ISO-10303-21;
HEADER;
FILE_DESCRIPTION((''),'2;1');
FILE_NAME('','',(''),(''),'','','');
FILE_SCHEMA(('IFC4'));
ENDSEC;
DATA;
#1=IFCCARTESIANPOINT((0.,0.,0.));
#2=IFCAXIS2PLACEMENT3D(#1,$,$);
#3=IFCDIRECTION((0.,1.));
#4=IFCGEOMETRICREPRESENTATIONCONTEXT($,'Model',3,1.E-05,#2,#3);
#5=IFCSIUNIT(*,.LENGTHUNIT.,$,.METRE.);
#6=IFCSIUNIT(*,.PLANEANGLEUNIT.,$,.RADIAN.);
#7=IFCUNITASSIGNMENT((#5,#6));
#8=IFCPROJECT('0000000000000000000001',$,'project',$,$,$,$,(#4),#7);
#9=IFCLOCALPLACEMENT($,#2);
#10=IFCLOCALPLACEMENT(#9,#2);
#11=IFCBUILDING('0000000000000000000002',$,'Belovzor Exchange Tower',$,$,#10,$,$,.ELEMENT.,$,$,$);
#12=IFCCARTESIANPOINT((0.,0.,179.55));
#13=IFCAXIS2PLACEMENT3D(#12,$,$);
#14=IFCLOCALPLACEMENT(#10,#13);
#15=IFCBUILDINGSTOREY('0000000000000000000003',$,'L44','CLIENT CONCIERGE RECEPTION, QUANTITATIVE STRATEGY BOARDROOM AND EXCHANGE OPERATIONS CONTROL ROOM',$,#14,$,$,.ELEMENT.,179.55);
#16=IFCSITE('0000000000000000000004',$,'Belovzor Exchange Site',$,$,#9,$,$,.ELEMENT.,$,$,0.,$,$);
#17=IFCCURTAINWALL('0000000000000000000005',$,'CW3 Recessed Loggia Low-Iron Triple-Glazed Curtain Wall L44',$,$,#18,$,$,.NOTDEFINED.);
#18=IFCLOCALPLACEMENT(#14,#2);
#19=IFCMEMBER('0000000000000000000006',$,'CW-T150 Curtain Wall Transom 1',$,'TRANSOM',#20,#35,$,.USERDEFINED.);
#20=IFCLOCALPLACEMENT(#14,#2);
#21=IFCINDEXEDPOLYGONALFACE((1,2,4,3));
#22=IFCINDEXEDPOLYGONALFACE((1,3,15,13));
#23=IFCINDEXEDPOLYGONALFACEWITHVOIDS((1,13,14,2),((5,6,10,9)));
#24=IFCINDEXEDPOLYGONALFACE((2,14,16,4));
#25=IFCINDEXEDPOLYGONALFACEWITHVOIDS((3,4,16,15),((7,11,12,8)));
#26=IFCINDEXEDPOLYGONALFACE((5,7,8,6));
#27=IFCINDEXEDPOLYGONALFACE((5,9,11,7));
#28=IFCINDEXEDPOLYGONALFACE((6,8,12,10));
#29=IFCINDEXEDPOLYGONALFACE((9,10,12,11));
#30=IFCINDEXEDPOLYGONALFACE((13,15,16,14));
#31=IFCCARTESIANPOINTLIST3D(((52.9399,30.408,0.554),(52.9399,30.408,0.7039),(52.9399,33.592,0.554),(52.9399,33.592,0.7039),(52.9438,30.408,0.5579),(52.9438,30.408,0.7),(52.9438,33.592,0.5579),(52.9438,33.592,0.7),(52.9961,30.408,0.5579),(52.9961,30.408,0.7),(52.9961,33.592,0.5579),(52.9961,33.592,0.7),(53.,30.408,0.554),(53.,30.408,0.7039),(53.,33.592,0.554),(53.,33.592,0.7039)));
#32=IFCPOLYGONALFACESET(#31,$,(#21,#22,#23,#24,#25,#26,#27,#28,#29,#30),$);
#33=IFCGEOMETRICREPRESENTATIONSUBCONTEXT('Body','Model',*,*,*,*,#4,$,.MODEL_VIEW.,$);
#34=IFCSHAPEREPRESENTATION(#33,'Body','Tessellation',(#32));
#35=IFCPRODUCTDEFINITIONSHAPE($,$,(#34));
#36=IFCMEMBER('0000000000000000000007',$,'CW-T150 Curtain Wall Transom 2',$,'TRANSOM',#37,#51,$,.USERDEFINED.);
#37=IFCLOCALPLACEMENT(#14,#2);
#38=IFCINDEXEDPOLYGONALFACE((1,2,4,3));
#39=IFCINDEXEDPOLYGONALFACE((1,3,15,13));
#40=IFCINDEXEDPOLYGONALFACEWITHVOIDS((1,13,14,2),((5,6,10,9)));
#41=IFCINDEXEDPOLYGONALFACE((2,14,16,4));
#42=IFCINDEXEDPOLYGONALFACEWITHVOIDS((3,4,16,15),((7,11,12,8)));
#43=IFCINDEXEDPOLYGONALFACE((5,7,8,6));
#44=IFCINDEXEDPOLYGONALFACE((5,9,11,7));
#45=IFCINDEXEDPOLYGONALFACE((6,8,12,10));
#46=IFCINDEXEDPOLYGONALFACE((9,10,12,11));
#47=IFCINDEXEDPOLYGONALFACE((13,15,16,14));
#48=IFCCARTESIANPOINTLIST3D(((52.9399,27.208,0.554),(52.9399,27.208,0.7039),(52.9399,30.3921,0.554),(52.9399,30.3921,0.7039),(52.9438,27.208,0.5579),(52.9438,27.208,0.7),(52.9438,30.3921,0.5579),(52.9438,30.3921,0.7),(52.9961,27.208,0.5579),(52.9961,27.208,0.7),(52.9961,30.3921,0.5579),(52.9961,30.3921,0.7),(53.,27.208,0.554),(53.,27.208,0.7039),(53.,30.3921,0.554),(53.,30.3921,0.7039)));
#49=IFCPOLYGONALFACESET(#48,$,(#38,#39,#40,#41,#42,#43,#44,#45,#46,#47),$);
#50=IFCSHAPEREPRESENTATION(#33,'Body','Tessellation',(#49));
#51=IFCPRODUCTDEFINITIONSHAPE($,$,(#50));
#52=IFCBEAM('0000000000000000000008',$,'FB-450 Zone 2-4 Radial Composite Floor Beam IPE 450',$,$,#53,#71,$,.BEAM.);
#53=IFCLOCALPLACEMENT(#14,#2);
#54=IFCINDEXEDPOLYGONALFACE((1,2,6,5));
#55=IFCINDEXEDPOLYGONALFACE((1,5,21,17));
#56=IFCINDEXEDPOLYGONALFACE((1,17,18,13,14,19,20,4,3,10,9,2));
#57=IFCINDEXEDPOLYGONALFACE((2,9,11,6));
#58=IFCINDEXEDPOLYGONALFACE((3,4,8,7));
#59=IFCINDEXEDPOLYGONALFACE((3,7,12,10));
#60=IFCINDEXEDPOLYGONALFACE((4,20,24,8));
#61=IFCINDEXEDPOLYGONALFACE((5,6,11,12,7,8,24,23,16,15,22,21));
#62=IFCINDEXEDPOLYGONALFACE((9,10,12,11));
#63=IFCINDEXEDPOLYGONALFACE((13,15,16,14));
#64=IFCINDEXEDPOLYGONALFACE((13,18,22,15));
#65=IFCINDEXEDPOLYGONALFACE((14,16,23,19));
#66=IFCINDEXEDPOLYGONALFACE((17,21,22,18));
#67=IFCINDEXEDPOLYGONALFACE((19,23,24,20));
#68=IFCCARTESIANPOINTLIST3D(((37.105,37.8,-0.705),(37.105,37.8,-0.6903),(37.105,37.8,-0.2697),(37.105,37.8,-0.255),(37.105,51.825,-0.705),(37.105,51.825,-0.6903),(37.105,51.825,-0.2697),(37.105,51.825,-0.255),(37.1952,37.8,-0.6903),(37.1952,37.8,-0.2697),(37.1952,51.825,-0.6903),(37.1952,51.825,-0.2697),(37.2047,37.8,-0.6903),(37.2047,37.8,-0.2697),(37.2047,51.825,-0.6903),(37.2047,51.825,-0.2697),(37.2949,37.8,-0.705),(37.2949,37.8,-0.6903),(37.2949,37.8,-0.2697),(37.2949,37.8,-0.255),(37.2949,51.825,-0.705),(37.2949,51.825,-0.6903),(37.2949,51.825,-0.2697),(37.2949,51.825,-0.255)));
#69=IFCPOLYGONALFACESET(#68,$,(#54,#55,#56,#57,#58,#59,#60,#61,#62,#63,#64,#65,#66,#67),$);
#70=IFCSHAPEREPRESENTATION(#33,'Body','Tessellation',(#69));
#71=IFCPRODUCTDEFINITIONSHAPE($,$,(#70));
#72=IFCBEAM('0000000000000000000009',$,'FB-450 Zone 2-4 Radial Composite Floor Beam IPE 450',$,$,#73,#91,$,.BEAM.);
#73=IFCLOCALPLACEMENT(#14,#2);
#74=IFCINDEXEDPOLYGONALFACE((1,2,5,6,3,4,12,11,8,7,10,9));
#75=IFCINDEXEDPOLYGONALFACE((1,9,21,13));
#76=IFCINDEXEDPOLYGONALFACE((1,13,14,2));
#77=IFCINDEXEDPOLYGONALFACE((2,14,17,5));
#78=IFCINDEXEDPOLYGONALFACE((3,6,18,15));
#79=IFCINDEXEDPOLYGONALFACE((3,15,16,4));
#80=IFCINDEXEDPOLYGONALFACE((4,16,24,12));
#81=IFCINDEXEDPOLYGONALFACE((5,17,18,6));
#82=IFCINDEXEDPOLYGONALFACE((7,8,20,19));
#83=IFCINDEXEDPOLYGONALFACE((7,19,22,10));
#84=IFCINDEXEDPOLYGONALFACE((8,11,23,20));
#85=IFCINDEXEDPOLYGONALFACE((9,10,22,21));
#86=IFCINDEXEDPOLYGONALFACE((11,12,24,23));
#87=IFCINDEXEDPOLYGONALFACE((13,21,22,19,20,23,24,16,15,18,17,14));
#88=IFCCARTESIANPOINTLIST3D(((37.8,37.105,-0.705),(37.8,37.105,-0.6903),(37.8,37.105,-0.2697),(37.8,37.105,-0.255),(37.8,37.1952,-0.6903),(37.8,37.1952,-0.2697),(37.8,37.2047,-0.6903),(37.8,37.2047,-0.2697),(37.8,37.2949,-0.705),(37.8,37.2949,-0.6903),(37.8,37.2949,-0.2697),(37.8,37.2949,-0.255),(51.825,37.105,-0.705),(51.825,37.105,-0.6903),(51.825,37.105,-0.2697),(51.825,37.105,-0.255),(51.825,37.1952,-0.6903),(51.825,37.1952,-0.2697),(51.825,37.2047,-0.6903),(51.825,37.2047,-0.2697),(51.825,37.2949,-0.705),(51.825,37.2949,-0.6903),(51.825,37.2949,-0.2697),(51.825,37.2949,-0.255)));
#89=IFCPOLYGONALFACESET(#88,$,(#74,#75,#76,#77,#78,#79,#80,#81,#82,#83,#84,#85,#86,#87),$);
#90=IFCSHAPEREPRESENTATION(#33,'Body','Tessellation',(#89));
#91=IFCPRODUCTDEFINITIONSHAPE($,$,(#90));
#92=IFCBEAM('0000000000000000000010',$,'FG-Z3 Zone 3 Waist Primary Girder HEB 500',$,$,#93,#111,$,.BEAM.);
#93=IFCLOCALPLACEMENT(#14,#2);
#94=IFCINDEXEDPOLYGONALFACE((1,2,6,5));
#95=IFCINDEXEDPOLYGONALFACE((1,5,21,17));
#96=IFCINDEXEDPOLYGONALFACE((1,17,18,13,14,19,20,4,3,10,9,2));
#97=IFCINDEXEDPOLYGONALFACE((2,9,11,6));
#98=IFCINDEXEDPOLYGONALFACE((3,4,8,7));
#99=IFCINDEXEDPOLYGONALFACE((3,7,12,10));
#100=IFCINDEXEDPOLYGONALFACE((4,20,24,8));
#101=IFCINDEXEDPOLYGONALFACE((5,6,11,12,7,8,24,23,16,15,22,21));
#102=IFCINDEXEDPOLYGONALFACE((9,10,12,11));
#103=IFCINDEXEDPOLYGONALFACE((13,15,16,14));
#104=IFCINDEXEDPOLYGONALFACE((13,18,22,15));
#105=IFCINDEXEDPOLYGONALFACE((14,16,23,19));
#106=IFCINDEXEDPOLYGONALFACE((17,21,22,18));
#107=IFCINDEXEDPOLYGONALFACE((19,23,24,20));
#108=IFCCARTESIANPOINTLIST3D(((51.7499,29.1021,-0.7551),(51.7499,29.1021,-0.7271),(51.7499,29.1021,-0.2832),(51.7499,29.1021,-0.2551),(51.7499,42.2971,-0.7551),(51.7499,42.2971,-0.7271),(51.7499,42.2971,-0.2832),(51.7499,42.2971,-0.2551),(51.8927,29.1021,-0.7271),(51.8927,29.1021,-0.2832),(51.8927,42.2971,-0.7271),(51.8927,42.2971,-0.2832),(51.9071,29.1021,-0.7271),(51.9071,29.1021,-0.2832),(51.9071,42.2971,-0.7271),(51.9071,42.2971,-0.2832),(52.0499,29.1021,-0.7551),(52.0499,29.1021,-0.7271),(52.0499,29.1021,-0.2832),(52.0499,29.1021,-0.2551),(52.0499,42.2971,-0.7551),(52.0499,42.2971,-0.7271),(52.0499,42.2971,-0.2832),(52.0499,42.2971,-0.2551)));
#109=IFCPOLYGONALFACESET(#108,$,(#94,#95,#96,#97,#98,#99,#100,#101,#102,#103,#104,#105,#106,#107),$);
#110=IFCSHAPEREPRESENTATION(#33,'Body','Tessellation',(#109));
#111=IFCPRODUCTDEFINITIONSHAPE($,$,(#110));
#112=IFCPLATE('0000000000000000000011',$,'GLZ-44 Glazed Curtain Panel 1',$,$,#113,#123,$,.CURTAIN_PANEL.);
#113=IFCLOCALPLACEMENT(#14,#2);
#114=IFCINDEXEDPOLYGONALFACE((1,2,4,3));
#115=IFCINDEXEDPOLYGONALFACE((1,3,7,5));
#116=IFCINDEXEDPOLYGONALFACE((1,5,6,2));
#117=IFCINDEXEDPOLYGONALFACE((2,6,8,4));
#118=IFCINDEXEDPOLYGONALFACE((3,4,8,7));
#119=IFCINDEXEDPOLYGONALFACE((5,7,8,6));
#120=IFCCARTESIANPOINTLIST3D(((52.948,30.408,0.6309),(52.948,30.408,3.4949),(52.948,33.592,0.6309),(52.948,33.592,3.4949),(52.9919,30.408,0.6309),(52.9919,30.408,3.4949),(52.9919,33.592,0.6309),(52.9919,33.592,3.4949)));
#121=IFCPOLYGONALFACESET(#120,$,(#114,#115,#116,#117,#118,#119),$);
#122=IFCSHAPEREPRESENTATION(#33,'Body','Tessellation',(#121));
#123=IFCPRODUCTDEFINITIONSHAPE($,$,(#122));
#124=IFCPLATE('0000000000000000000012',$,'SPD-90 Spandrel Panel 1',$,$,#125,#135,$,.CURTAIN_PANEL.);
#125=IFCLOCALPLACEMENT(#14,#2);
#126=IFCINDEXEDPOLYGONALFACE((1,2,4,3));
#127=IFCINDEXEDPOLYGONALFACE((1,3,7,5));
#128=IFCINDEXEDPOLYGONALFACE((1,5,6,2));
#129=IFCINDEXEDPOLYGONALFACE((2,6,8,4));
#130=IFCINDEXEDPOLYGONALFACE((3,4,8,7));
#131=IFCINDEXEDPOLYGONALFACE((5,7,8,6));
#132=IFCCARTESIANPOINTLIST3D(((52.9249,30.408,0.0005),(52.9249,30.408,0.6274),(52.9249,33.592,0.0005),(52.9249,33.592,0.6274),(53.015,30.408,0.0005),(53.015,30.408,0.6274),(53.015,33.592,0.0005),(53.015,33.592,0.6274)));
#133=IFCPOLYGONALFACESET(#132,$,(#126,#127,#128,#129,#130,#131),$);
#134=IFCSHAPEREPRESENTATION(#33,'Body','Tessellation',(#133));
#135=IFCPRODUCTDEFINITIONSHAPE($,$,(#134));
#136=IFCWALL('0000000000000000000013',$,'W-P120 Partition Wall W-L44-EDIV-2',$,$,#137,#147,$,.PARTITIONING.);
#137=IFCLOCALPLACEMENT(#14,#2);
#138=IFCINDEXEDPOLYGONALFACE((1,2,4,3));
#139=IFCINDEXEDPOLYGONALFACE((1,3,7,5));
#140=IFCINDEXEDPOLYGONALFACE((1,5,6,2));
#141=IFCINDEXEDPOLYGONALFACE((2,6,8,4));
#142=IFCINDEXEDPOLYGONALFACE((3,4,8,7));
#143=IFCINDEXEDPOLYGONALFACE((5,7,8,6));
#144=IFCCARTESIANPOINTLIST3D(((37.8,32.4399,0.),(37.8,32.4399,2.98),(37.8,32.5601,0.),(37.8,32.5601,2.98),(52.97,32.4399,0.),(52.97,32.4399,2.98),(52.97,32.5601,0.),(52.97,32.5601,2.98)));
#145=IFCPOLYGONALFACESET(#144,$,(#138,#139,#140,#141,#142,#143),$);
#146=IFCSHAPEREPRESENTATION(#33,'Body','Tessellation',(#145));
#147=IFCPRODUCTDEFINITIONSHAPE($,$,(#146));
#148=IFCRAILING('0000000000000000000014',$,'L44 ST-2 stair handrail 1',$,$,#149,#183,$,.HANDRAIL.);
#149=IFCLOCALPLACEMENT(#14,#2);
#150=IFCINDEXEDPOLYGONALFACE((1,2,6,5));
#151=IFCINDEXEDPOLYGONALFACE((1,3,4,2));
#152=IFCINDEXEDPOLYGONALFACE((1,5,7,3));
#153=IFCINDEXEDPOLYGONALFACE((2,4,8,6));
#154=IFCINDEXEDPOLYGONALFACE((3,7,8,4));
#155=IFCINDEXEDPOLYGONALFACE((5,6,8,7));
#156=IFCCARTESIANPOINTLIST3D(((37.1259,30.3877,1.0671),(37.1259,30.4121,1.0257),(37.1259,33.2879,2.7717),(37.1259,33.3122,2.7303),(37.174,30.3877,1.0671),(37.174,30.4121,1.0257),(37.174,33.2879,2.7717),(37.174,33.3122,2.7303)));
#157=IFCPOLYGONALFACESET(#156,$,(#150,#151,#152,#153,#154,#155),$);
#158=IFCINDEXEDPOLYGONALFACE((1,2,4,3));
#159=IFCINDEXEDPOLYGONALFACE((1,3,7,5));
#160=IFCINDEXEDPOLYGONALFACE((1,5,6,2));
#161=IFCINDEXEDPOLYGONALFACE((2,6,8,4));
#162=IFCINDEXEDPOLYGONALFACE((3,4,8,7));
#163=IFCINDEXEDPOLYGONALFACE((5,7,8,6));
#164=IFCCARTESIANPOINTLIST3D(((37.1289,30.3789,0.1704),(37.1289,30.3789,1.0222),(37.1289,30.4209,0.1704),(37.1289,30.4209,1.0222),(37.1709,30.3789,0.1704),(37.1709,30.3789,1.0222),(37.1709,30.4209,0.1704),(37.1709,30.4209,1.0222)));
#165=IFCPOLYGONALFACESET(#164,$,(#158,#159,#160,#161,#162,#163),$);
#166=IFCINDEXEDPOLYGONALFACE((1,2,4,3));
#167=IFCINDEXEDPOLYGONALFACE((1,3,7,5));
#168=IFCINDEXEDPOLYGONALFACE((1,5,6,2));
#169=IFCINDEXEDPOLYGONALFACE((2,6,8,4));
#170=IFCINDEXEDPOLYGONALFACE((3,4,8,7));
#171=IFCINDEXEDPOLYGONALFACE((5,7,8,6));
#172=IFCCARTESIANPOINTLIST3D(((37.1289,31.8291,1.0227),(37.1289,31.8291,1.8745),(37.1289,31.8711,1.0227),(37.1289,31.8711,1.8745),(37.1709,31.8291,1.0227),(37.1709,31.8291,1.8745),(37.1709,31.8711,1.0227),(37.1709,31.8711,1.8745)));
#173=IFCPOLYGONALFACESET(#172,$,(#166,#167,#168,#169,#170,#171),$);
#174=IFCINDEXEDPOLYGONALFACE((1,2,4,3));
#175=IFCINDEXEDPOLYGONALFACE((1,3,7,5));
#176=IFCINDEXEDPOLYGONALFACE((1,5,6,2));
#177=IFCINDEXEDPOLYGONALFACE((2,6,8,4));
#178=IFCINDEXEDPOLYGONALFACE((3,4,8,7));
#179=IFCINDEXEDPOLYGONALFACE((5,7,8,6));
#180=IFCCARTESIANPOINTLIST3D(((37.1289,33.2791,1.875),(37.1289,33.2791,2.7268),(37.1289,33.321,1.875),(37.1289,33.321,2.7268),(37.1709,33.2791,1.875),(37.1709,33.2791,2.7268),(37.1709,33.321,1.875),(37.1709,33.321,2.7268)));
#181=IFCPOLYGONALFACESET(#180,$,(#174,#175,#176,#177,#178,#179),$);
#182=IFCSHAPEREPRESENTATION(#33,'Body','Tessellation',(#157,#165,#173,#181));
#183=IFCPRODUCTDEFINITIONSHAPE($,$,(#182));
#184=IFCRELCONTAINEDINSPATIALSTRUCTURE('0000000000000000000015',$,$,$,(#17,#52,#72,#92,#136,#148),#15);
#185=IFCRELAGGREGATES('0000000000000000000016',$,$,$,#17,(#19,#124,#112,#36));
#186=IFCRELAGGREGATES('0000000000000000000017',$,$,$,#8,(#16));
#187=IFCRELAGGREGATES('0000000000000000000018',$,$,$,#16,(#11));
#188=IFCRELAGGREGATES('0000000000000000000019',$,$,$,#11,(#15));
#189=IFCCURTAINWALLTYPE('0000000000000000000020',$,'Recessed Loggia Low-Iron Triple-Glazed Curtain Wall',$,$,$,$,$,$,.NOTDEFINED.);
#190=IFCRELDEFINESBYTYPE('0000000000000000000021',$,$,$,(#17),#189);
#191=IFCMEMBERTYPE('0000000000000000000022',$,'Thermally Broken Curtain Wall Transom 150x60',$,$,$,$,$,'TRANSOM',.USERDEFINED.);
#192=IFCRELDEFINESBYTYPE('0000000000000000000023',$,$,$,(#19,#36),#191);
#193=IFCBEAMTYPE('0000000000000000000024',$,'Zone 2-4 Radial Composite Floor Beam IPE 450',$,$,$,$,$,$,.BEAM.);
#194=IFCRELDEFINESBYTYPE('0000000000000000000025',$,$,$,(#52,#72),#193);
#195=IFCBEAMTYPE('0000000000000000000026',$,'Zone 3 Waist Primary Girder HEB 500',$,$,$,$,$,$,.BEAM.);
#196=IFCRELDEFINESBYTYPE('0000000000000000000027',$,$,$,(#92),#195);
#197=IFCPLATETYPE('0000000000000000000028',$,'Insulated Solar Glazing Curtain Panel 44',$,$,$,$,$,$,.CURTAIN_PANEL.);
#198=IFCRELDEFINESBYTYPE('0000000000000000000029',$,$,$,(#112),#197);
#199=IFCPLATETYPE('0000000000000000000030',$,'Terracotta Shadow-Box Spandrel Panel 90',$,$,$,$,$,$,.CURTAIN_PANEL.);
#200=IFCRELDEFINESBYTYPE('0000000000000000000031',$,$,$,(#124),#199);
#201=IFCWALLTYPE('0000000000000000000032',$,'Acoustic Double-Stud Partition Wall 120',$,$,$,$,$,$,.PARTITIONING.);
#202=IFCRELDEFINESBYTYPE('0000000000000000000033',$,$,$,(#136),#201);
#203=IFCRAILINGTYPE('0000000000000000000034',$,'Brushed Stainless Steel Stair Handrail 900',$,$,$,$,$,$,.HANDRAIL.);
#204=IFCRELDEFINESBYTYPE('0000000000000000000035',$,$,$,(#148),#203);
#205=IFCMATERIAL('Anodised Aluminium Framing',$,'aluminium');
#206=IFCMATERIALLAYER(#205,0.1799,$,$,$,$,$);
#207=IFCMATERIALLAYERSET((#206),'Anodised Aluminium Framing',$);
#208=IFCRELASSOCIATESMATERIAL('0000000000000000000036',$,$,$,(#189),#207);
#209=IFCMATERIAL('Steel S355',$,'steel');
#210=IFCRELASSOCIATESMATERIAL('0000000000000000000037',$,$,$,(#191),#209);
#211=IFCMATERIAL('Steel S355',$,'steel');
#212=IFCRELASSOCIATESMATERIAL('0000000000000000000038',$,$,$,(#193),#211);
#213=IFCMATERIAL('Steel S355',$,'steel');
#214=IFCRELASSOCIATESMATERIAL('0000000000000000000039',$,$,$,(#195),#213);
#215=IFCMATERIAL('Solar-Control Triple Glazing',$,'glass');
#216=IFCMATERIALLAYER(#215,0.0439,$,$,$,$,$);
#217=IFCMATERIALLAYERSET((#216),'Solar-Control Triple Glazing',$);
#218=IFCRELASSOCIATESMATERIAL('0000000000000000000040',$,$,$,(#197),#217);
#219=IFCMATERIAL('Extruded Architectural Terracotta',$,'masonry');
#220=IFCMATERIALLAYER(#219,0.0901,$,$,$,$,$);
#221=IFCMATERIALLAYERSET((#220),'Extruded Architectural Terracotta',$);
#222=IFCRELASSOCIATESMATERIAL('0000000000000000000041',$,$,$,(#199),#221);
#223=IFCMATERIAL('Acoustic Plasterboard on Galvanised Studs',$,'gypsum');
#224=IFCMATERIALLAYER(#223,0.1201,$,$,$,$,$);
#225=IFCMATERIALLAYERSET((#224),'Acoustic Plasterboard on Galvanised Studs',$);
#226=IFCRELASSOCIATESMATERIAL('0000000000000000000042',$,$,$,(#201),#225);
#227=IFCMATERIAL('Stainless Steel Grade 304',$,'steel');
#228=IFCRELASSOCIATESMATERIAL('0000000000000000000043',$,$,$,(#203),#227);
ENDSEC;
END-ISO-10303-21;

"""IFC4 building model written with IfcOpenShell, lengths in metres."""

from ifc_helpers import new_model, si_unit, direction, frame, frame_2d, origin, origin_2d, place, context, subcontext, project, spatial, rectangle, hollow_rectangle, i_section, extrude, material, layer, layer_set, material_profile, profile_set, type_object, element, aggregate, save


model = new_model("IFC4")

# Units and contexts
model_context = context("Model", 3, precision=1e-05, world=origin(), true_north=direction((0.0, 1.0)))
body_context = subcontext(model_context, "Body", "Model", "MODEL_VIEW")
ifc_project = project(units=[si_unit("LENGTHUNIT", "METRE"), si_unit("PLANEANGLEUNIT", "RADIAN")], contexts=[model_context])

# Site, building, storey
site_placement = place(None, origin())
site = spatial("IfcSite", under=ifc_project, at=site_placement, Name="Belovzor Exchange Site", CompositionType="ELEMENT", RefElevation=0.0)
building_placement = place(site_placement, origin())
building = spatial("IfcBuilding", under=site, at=building_placement, Name="Belovzor Exchange Tower", CompositionType="ELEMENT")
storey_placement = place(building_placement, frame((0.0, 0.0, 179.55)))
storey = spatial("IfcBuildingStorey", under=building, at=storey_placement, Name="L44", Description="CLIENT CONCIERGE RECEPTION, QUANTITATIVE STRATEGY BOARDROOM AND EXCHANGE OPERATIONS CONTROL ROOM", CompositionType="ELEMENT", Elevation=179.55)

# Curtain wall, members
ifc_material_1 = material(Name="Anodised Aluminium Framing", Category="aluminium")
ifc_layer_1 = layer(ifc_material_1, 0.1799)
ifc_layer_set_1 = layer_set([ifc_layer_1], Name="Anodised Aluminium Framing")
curtain_wall_type = type_object("IfcCurtainWallType", Name="Recessed Loggia Low-Iron Triple-Glazed Curtain Wall", PredefinedType="NOTDEFINED", material=ifc_layer_set_1)
curtain_wall_placement = place(storey_placement, origin())
curtain_wall = element("IfcCurtainWall", 1, at=curtain_wall_placement, inside=storey, type_object=curtain_wall_type, Name="CW3 Recessed Loggia Low-Iron Triple-Glazed Curtain Wall L44", PredefinedType="NOTDEFINED")
ifc_material_2 = material(Name="Steel S355", Category="steel")
ifc_material_profile_1 = material_profile(ifc_material_2, hollow_rectangle(XDim=0.0601, YDim=0.1499, WallThickness=0.0039, at=origin_2d()))
ifc_profile_set_1 = profile_set([ifc_material_profile_1], Name="Steel S355")
member_type_1 = type_object("IfcMemberType", Name="Thermally Broken Curtain Wall Transom 150x60", ElementType="TRANSOM", PredefinedType="USERDEFINED", material=ifc_profile_set_1)
member_1_placement = place(storey_placement, frame((52.97, 33.592, 0.6289), z_axis=(0.0, -1.0, 0.0), x_axis=(1.0, 0.0, 0.0)))
member_1 = element("IfcMember", 2, at=member_1_placement, type_object=member_type_1, Name="CW-T150 Curtain Wall Transom 1", ObjectType="TRANSOM", PredefinedType="USERDEFINED", context=body_context, shape_type="SweptSolid", body=[
    extrude(hollow_rectangle(XDim=0.0601, YDim=0.1499, WallThickness=0.0039, at=origin_2d()), origin(), (0.0, 0.0, 1.0), 3.1841),
])
member_2_placement = place(storey_placement, frame((52.97, 30.3921, 0.6289), z_axis=(0.0, -1.0, 0.0), x_axis=(1.0, 0.0, 0.0)))
member_2 = element("IfcMember", 3, at=member_2_placement, type_object=member_type_1, Name="CW-T150 Curtain Wall Transom 2", ObjectType="TRANSOM", PredefinedType="USERDEFINED", context=body_context, shape_type="SweptSolid", body=[
    extrude(hollow_rectangle(XDim=0.0601, YDim=0.1499, WallThickness=0.0039, at=origin_2d()), origin(), (0.0, 0.0, 1.0), 3.1841),
])

# Beams
ifc_material_3 = material(Name="Steel S355", Category="steel")
ifc_material_profile_2 = material_profile(ifc_material_3, i_section(OverallWidth=0.1899, OverallDepth=0.45, WebThickness=0.0095, FlangeThickness=0.0146, at=origin_2d()))
ifc_profile_set_2 = profile_set([ifc_material_profile_2], Name="Steel S355")
beam_type_1 = type_object("IfcBeamType", Name="Zone 2-4 Radial Composite Floor Beam IPE 450", PredefinedType="BEAM", material=ifc_profile_set_2)
for number, where, z_axis, x_axis, name in (
    (4, (37.2, 37.8, -0.48), (0.0, 1.0, 0.0), (-1.0, 0.0, 0.0), "FB-450 Zone 2-4 Radial Composite Floor Beam IPE 450"),
    (5, (37.8, 37.2, -0.48), (1.0, 0.0, 0.0), (0.0, 1.0, 0.0), "FB-450 Zone 2-4 Radial Composite Floor Beam IPE 450"),
):
    element("IfcBeam", number, at=place(storey_placement, frame(where, z_axis=z_axis, x_axis=x_axis)), inside=storey, type_object=beam_type_1, Name=name, PredefinedType="BEAM", context=body_context, shape_type="SweptSolid", body=[
        extrude(i_section(OverallWidth=0.1899, OverallDepth=0.45, WebThickness=0.0095, FlangeThickness=0.0146, at=origin_2d()), origin(), (0.0, 0.0, 1.0), 14.0249),
    ])
ifc_material_4 = material(Name="Steel S355", Category="steel")
ifc_material_profile_3 = material_profile(ifc_material_4, i_section(OverallWidth=0.3, OverallDepth=0.5, WebThickness=0.0144, FlangeThickness=0.0281, at=origin_2d()))
ifc_profile_set_3 = profile_set([ifc_material_profile_3], Name="Steel S355")
beam_type_2 = type_object("IfcBeamType", Name="Zone 3 Waist Primary Girder HEB 500", PredefinedType="BEAM", material=ifc_profile_set_3)
beam_1_placement = place(storey_placement, frame((51.8999, 29.1021, -0.5051), z_axis=(0.0, 1.0, 0.0), x_axis=(-1.0, 0.0, 0.0)))
element("IfcBeam", 6, at=beam_1_placement, inside=storey, type_object=beam_type_2, Name="FG-Z3 Zone 3 Waist Primary Girder HEB 500", PredefinedType="BEAM", context=body_context, shape_type="SweptSolid", body=[
    extrude(i_section(OverallWidth=0.3, OverallDepth=0.5, WebThickness=0.0144, FlangeThickness=0.0281, at=origin_2d()), origin(), (0.0, 0.0, 1.0), 13.1951),
])

# Plates
ifc_material_5 = material(Name="Solar-Control Triple Glazing", Category="glass")
ifc_layer_2 = layer(ifc_material_5, 0.0439)
ifc_layer_set_2 = layer_set([ifc_layer_2], Name="Solar-Control Triple Glazing")
plate_type_1 = type_object("IfcPlateType", Name="Insulated Solar Glazing Curtain Panel 44", PredefinedType="CURTAIN_PANEL", material=ifc_layer_set_2)
plate_1_placement = place(storey_placement, frame((52.97, 32.0, 0.6309), z_axis=(0.0, 0.0, 1.0), x_axis=(0.0, -1.0, 0.0)))
plate_1 = element("IfcPlate", 7, at=plate_1_placement, type_object=plate_type_1, Name="GLZ-44 Glazed Curtain Panel 1", PredefinedType="CURTAIN_PANEL", context=body_context, shape_type="SweptSolid", body=[
    extrude(rectangle(XDim=3.1841, YDim=0.0439, at=origin_2d()), origin(), (0.0, 0.0, 1.0), 2.864),
])
ifc_material_6 = material(Name="Extruded Architectural Terracotta", Category="masonry")
ifc_layer_3 = layer(ifc_material_6, 0.0901)
ifc_layer_set_3 = layer_set([ifc_layer_3], Name="Extruded Architectural Terracotta")
plate_type_2 = type_object("IfcPlateType", Name="Terracotta Shadow-Box Spandrel Panel 90", PredefinedType="CURTAIN_PANEL", material=ifc_layer_set_3)
plate_2_placement = place(storey_placement, frame((52.97, 32.0, 0.0005), z_axis=(0.0, 0.0, 1.0), x_axis=(0.0, -1.0, 0.0)))
plate_2 = element("IfcPlate", 8, at=plate_2_placement, type_object=plate_type_2, Name="SPD-90 Spandrel Panel 1", PredefinedType="CURTAIN_PANEL", context=body_context, shape_type="SweptSolid", body=[
    extrude(rectangle(XDim=3.1841, YDim=0.0901, at=origin_2d()), origin(), (0.0, 0.0, 1.0), 0.627),
])
aggregate(curtain_wall, [member_1, plate_2, plate_1, member_2])

# Wall
ifc_material_7 = material(Name="Acoustic Plasterboard on Galvanised Studs", Category="gypsum")
ifc_layer_4 = layer(ifc_material_7, 0.1201)
ifc_layer_set_4 = layer_set([ifc_layer_4], Name="Acoustic Plasterboard on Galvanised Studs")
wall_type = type_object("IfcWallType", Name="Acoustic Double-Stud Partition Wall 120", PredefinedType="PARTITIONING", material=ifc_layer_set_4)
wall_placement = place(storey_placement, frame((37.8, 32.5, 0.0), z_axis=(0.0, 0.0, 1.0), x_axis=(1.0, 0.0, 0.0)))
element("IfcWall", 9, at=wall_placement, inside=storey, type_object=wall_type, Name="W-P120 Partition Wall W-L44-EDIV-2", PredefinedType="PARTITIONING", context=body_context, shape_type="SweptSolid", body=[
    extrude(rectangle(XDim=15.1699, YDim=0.1201, at=frame_2d((7.585, 0.0))), origin(), (0.0, 0.0, 1.0), 2.98),
])

# Railing
ifc_material_8 = material(Name="Stainless Steel Grade 304", Category="steel")
railing_type = type_object("IfcRailingType", Name="Brushed Stainless Steel Stair Handrail 900", PredefinedType="HANDRAIL", material=ifc_material_8)
railing_placement = place(storey_placement, frame((37.1499, 30.3999, 0.1704)))
element("IfcRailing", 10, at=railing_placement, inside=storey, type_object=railing_type, Name="L44 ST-2 stair handrail 1", PredefinedType="HANDRAIL", context=body_context, shape_type="SweptSolid", body=[
    extrude(rectangle(XDim=0.0481, YDim=0.0481, at=origin_2d()), frame((0.0, 0.0, 0.876), z_axis=(0.0, 0.862113, 0.506716), x_axis=(-1.0, 0.0, 0.0)), (0.0, 0.0, 1.0), 3.364),
    extrude(rectangle(XDim=0.042, YDim=0.042, at=origin_2d()), origin(), (0.0, 0.0, 1.0), 0.8518),
    extrude(rectangle(XDim=0.042, YDim=0.042, at=origin_2d()), frame((0.0, 1.4502, 0.8523)), (0.0, 0.0, 1.0), 0.8518),
    extrude(rectangle(XDim=0.042, YDim=0.042, at=origin_2d()), frame((0.0, 2.9001, 1.7046)), (0.0, 0.0, 1.0), 0.8518),
])

save(model, "model.ifc")
